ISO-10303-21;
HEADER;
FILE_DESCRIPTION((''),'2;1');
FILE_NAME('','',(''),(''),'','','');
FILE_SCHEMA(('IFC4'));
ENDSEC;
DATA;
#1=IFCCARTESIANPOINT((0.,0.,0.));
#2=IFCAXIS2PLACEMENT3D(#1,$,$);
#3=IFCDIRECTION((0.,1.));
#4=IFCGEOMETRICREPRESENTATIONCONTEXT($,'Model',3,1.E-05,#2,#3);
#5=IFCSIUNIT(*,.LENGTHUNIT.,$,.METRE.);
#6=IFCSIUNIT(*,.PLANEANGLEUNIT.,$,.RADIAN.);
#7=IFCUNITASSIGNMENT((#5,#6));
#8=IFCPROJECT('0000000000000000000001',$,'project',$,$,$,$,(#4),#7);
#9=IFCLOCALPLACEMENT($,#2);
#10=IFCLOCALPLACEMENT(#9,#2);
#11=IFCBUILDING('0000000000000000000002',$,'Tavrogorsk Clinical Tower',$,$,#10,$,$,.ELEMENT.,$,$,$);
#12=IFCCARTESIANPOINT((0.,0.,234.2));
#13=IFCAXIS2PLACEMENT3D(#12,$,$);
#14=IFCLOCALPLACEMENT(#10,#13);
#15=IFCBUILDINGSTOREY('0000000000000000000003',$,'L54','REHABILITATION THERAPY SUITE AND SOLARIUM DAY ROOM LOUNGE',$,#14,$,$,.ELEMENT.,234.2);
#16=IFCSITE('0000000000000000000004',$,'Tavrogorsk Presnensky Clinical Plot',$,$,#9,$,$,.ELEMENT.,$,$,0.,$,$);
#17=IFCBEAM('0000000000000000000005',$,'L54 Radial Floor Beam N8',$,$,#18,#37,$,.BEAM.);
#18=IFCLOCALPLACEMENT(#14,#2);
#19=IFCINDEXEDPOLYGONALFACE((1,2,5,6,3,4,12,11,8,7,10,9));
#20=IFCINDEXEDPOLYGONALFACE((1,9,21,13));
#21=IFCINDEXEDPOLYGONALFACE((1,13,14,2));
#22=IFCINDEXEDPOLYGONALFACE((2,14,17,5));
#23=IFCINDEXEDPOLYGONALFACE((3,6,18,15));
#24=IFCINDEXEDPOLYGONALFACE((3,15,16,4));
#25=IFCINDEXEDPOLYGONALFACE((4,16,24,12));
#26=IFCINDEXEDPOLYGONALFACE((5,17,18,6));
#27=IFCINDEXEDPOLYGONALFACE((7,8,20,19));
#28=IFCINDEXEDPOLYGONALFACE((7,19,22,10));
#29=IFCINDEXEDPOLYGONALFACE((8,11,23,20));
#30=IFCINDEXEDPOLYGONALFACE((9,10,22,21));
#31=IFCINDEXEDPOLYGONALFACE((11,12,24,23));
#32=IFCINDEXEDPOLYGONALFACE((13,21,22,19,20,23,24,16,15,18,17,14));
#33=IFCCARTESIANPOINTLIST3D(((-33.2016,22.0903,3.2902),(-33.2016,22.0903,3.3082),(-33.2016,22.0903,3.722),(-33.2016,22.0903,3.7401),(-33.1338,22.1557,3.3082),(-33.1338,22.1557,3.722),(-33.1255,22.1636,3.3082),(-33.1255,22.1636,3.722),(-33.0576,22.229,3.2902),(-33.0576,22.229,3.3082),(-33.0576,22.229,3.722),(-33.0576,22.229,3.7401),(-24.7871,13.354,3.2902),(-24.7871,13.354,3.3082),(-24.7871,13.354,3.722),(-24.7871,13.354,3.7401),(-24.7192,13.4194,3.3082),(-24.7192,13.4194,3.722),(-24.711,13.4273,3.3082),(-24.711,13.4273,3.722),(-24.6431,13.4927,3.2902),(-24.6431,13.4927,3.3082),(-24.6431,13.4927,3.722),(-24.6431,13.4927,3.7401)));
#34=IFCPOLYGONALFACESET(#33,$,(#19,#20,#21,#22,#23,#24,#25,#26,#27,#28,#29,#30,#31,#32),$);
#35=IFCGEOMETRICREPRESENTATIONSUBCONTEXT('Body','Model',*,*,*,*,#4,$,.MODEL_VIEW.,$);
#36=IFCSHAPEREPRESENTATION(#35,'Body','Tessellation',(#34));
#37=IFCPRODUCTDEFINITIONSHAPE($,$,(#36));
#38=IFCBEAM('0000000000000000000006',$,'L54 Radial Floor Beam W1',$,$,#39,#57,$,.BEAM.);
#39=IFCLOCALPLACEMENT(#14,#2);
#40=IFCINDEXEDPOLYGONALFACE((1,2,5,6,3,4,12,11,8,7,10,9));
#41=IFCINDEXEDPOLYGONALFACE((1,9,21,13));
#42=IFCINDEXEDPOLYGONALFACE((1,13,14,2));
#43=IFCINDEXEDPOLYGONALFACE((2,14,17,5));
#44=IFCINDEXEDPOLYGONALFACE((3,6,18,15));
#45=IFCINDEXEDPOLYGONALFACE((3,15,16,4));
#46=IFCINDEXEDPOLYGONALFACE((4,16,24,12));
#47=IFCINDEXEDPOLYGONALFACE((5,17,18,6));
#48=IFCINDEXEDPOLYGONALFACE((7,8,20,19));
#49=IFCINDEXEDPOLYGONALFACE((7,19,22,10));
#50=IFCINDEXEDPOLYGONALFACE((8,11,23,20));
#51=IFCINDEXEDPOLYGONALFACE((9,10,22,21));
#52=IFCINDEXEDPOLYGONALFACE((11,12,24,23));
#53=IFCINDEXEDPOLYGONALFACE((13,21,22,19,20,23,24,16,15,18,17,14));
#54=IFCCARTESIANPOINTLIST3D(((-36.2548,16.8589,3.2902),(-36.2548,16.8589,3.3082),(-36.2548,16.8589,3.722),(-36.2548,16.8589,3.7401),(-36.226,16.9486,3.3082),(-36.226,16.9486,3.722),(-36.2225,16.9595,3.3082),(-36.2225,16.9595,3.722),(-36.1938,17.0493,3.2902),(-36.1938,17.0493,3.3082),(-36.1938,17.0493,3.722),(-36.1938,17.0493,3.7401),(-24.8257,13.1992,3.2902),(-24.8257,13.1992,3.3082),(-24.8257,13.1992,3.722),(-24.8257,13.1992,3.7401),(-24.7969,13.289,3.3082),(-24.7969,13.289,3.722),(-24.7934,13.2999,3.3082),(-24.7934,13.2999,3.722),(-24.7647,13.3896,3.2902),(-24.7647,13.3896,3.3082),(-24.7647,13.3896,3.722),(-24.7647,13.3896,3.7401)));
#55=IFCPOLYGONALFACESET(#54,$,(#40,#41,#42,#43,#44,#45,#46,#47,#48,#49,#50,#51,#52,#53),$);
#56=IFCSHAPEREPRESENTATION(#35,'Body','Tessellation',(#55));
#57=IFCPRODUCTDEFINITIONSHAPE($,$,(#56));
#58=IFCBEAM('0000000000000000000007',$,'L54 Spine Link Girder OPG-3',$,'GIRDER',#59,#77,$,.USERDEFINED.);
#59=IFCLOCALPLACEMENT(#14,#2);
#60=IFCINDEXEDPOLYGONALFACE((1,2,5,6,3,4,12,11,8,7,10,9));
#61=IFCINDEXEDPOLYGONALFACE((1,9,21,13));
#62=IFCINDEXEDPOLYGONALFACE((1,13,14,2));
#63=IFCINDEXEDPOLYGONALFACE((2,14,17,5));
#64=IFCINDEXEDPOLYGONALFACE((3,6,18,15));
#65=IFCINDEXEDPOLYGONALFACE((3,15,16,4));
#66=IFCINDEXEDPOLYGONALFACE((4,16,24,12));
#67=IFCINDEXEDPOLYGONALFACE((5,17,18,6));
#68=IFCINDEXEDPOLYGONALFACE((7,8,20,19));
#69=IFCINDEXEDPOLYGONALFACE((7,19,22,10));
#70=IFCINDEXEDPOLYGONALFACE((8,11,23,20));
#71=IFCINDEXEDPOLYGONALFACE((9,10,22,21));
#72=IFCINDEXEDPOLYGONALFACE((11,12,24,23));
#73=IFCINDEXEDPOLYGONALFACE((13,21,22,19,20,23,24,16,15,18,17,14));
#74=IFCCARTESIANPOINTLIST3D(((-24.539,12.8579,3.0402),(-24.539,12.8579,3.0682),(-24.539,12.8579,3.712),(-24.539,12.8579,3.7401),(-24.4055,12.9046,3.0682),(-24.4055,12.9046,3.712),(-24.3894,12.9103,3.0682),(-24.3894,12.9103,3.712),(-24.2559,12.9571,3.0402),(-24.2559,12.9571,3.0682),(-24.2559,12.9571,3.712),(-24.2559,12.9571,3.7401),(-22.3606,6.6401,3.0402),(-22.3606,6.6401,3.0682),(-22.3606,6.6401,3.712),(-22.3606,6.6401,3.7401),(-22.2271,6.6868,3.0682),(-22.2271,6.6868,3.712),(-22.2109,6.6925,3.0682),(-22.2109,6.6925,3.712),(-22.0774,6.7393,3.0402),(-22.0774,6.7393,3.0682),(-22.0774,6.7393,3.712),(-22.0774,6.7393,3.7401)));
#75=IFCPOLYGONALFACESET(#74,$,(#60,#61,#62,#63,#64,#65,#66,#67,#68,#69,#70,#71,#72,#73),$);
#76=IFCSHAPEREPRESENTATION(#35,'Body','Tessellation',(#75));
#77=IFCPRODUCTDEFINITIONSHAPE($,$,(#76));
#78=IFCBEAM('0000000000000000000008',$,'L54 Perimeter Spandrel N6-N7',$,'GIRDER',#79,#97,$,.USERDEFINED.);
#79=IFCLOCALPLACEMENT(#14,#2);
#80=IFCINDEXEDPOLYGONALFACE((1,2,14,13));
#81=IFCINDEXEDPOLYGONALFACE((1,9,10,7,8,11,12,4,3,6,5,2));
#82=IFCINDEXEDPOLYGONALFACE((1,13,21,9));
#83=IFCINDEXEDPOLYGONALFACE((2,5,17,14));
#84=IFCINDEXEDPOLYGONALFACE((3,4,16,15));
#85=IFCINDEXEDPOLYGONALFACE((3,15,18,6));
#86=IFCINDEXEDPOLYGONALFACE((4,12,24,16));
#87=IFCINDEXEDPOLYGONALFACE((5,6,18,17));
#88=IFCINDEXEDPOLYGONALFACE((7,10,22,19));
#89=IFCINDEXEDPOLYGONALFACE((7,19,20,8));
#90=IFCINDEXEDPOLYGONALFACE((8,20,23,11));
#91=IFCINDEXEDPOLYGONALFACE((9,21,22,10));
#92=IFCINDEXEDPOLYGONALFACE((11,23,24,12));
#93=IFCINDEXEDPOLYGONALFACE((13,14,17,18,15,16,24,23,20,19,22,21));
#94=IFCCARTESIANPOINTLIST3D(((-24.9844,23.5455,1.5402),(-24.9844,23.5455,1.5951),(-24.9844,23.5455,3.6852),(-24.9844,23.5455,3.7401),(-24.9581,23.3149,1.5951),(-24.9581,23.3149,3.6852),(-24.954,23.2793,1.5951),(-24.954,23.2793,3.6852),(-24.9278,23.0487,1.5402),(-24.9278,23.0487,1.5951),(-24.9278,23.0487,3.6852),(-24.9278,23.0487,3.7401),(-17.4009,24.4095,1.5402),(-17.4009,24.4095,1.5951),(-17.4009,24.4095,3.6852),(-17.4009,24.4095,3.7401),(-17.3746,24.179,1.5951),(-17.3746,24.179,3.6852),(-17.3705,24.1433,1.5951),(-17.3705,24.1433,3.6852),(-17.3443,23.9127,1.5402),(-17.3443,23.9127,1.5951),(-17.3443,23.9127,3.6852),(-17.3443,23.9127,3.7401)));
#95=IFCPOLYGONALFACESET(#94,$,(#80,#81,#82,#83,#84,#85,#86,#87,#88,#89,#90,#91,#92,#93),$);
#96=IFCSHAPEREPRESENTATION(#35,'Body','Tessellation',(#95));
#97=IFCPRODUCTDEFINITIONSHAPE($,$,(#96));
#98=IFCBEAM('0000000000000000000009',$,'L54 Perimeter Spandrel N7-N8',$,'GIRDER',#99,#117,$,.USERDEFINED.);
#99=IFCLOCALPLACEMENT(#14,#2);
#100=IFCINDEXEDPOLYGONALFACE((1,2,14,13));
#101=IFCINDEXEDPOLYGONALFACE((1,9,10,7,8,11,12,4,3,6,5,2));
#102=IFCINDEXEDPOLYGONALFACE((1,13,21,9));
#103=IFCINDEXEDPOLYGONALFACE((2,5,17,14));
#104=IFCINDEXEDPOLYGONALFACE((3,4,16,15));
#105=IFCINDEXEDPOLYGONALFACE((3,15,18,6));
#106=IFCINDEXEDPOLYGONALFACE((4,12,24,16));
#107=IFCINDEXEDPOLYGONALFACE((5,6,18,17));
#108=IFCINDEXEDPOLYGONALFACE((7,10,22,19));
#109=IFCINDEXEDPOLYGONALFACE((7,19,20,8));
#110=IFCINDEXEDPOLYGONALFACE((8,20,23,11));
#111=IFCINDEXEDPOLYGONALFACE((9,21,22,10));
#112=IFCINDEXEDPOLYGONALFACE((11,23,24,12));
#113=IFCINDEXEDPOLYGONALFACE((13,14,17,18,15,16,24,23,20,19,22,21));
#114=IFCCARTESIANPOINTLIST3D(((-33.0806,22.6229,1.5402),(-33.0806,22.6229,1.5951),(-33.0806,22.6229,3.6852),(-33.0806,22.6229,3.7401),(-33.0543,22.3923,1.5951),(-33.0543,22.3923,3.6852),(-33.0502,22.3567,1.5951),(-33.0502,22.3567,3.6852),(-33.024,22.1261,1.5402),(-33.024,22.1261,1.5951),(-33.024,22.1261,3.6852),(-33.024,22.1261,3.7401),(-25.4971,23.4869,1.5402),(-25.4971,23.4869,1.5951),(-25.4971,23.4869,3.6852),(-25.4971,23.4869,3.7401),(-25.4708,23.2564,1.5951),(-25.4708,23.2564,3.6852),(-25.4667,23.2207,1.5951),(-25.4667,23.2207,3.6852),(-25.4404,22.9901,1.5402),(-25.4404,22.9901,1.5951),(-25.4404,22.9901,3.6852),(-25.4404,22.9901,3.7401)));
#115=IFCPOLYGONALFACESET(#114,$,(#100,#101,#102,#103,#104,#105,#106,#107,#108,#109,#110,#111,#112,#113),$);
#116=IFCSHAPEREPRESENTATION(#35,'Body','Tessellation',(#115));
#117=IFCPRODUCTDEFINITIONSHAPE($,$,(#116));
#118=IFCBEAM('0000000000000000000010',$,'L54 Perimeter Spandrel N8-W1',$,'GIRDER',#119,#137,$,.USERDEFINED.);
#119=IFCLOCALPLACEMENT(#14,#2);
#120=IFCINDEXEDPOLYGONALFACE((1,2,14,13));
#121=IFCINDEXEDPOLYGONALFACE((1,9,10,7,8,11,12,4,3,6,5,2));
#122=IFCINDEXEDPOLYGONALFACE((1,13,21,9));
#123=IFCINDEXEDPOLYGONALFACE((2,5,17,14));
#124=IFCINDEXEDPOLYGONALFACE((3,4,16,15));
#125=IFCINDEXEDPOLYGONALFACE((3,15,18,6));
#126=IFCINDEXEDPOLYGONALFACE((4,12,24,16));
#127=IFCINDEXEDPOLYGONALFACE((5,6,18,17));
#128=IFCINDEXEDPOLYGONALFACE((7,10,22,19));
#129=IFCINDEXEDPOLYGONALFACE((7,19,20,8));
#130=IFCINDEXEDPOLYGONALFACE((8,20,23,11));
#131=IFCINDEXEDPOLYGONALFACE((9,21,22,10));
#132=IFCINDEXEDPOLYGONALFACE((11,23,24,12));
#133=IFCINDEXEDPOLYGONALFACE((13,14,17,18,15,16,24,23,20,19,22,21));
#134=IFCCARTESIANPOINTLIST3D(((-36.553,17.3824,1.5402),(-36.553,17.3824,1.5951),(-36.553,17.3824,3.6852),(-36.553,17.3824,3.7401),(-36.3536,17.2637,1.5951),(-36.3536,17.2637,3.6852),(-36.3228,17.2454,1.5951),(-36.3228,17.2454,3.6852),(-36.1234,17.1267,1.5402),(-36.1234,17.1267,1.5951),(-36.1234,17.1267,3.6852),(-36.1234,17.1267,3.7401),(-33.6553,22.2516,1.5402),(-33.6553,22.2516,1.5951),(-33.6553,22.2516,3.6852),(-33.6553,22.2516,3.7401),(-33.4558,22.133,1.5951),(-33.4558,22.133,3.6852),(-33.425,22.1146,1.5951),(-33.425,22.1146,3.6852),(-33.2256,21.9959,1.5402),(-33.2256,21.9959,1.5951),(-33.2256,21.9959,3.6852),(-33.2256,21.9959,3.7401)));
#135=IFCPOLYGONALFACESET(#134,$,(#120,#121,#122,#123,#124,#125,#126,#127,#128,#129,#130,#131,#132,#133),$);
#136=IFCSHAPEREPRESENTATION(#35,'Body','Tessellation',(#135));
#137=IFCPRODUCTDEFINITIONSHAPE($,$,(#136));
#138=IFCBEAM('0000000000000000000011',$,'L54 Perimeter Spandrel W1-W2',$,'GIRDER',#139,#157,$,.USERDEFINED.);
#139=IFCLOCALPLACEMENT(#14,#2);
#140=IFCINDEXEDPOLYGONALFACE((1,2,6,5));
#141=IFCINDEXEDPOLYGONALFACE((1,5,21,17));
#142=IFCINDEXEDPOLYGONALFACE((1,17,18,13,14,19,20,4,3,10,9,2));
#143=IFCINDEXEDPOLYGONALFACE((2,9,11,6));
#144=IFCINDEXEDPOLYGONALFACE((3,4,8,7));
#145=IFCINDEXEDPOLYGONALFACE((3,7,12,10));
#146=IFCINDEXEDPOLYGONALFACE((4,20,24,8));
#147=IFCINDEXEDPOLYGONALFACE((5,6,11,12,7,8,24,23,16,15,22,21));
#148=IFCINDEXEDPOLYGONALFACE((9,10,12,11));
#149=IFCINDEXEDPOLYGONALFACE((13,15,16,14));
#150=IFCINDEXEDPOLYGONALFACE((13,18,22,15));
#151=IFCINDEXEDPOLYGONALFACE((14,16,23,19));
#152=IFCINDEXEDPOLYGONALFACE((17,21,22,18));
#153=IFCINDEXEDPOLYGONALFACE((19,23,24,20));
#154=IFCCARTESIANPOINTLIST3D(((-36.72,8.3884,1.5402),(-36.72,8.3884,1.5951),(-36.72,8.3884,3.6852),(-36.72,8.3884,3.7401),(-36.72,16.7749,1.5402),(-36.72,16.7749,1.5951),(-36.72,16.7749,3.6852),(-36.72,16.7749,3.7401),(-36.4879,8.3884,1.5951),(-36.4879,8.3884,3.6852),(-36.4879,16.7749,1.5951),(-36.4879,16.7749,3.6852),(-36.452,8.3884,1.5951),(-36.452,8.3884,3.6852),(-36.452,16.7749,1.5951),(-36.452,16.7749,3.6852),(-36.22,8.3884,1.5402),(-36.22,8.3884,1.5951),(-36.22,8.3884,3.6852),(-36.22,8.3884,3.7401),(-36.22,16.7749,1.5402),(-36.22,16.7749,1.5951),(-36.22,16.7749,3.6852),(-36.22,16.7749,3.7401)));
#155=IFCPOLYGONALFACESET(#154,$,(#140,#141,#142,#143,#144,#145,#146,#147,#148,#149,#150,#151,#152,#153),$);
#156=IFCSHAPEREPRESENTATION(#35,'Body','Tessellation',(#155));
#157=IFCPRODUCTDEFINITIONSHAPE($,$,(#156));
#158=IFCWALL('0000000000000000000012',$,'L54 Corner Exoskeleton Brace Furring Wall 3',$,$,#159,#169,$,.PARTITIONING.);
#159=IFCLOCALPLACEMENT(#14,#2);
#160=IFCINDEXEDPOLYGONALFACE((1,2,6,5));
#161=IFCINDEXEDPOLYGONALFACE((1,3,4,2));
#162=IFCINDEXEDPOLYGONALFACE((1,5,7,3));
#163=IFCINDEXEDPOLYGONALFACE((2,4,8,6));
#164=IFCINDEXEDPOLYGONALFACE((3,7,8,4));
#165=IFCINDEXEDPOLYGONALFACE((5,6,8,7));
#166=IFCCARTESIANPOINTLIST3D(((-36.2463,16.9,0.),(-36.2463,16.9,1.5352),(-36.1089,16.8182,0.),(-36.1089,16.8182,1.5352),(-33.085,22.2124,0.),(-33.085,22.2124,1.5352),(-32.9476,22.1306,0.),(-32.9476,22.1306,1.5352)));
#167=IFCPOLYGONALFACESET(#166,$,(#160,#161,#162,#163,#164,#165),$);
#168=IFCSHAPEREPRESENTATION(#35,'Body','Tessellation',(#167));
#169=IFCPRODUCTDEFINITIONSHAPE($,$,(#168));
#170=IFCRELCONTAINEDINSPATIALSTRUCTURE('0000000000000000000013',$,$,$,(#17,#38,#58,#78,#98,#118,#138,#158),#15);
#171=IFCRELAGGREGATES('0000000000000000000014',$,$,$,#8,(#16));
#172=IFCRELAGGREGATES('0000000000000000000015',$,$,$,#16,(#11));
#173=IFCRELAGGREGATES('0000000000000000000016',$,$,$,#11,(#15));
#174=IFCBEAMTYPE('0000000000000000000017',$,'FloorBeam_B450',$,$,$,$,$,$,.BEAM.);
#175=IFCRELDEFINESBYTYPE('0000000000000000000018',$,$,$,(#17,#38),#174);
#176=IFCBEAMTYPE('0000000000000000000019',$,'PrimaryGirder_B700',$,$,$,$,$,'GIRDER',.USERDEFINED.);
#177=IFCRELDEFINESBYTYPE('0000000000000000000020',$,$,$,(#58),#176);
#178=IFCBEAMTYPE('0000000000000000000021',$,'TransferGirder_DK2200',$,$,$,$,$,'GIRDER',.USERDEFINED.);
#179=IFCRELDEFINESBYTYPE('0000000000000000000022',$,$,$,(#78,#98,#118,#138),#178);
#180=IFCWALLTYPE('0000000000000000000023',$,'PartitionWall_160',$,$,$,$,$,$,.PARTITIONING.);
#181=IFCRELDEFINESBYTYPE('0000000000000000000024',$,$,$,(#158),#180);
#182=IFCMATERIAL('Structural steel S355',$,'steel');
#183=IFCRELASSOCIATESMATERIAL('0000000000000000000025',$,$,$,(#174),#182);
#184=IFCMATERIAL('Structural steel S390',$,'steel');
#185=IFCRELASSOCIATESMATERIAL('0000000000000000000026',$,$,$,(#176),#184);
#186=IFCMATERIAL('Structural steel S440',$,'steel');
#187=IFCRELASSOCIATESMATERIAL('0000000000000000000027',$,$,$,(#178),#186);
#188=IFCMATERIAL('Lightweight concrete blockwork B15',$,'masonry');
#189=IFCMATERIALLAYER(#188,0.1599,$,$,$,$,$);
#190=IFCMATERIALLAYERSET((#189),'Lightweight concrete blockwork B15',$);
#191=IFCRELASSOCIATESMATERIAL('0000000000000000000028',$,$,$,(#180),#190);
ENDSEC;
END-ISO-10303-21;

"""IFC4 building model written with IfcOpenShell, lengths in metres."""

from ifc_helpers import new_model, si_unit, direction, frame, frame_2d, origin, origin_2d, place, context, subcontext, project, spatial, rectangle, i_section, extrude, material, layer, layer_set, material_profile, profile_set, type_object, element, save


model = new_model("IFC4")

# Units and contexts
model_context = context("Model", 3, precision=1e-05, world=origin(), true_north=direction((0.0, 1.0)))
body_context = subcontext(model_context, "Body", "Model", "MODEL_VIEW")
ifc_project = project(units=[si_unit("LENGTHUNIT", "METRE"), si_unit("PLANEANGLEUNIT", "RADIAN")], contexts=[model_context])

# Site, building, storey
site_placement = place(None, origin())
site = spatial("IfcSite", under=ifc_project, at=site_placement, Name="Tavrogorsk Presnensky Clinical Plot", CompositionType="ELEMENT", RefElevation=0.0)
building_placement = place(site_placement, origin())
building = spatial("IfcBuilding", under=site, at=building_placement, Name="Tavrogorsk Clinical Tower", CompositionType="ELEMENT")
storey_placement = place(building_placement, frame((0.0, 0.0, 234.2)))
storey = spatial("IfcBuildingStorey", under=building, at=storey_placement, Name="L54", Description="REHABILITATION THERAPY SUITE AND SOLARIUM DAY ROOM LOUNGE", CompositionType="ELEMENT", Elevation=234.2)

# Beams
ifc_material_1 = material(Name="Structural steel S355", Category="steel")
ifc_material_profile_1 = material_profile(ifc_material_1, i_section(OverallWidth=0.2, OverallDepth=0.45, WebThickness=0.0115, FlangeThickness=0.0181, at=origin_2d()), Name="B-450x200x11.5x18")
ifc_profile_set_1 = profile_set([ifc_material_profile_1], Name="Structural steel S355")
beam_type_1 = type_object("IfcBeamType", Name="FloorBeam_B450", PredefinedType="BEAM", material=ifc_profile_set_1)
beam_1_placement = place(storey_placement, frame((-24.7151, 13.4233, 3.5151), z_axis=(-0.693718, 0.720246, 0.0), x_axis=(-0.720246, -0.693718, 0.0)))
element("IfcBeam", 1, at=beam_1_placement, inside=storey, type_object=beam_type_1, Name="L54 Radial Floor Beam N8", PredefinedType="BEAM", context=body_context, shape_type="SweptSolid", body=[
    extrude(i_section(OverallWidth=0.2, OverallDepth=0.45, WebThickness=0.0115, FlangeThickness=0.0181, at=origin_2d()), origin(), (0.0, 0.0, 1.0), 12.1296),
])
beam_2_placement = place(storey_placement, frame((-24.7952, 13.2944, 3.5151), z_axis=(-0.952368, 0.304951, 0.0), x_axis=(-0.304951, -0.952368, 0.0)))
element("IfcBeam", 2, at=beam_2_placement, inside=storey, type_object=beam_type_1, Name="L54 Radial Floor Beam W1", PredefinedType="BEAM", context=body_context, shape_type="SweptSolid", body=[
    extrude(i_section(OverallWidth=0.2, OverallDepth=0.45, WebThickness=0.0115, FlangeThickness=0.0181, at=origin_2d()), origin(), (0.0, 0.0, 1.0), 12.0007),
])
ifc_material_2 = material(Name="Structural steel S390", Category="steel")
ifc_material_profile_2 = material_profile(ifc_material_2, i_section(OverallWidth=0.3, OverallDepth=0.7, WebThickness=0.0171, FlangeThickness=0.0281, at=origin_2d()), Name="B-700x300x17x28")
ifc_profile_set_2 = profile_set([ifc_material_profile_2], Name="Structural steel S390")
beam_type_2 = type_object("IfcBeamType", Name="PrimaryGirder_B700", ElementType="GIRDER", PredefinedType="USERDEFINED", material=ifc_profile_set_2)
beam_3_placement = place(storey_placement, frame((-24.3975, 12.9075, 3.3901), z_axis=(0.330654, -0.943752, 0.0), x_axis=(0.943752, 0.330654, 0.0)))
element("IfcBeam", 3, at=beam_3_placement, inside=storey, type_object=beam_type_2, Name="L54 Spine Link Girder OPG-3", ObjectType="GIRDER", PredefinedType="USERDEFINED", context=body_context, shape_type="SweptSolid", body=[
    extrude(i_section(OverallWidth=0.3, OverallDepth=0.7, WebThickness=0.0171, FlangeThickness=0.0281, at=origin_2d()), origin(), (0.0, 0.0, 1.0), 6.5884),
])
ifc_material_3 = material(Name="Structural steel S440", Category="steel")
ifc_material_profile_3 = material_profile(ifc_material_3, i_section(OverallWidth=0.5, OverallDepth=2.2, WebThickness=0.0359, FlangeThickness=0.0549, at=origin_2d()), Name="DK-2200x500x36x55")
ifc_profile_set_3 = profile_set([ifc_material_profile_3], Name="Structural steel S440")
beam_type_3 = type_object("IfcBeamType", Name="TransferGirder_DK2200", ElementType="GIRDER", PredefinedType="USERDEFINED", material=ifc_profile_set_3)
for number, where, z_axis, x_axis, name in (
    (4, (-17.3726, 24.1611, 2.6401), (-0.993572, -0.113201, 0.0), (0.113201, -0.993572, 0.0), "L54 Perimeter Spandrel N6-N7"),
    (5, (-25.4688, 23.2385, 2.6401), (-0.993572, -0.113201, 0.0), (0.113201, -0.993572, 0.0), "L54 Perimeter Spandrel N7-N8"),
):
    element("IfcBeam", number, at=place(storey_placement, frame(where, z_axis=z_axis, x_axis=x_axis)), inside=storey, type_object=beam_type_3, Name=name, ObjectType="GIRDER", PredefinedType="USERDEFINED", context=body_context, shape_type="SweptSolid", body=[
        extrude(i_section(OverallWidth=0.5, OverallDepth=2.2, WebThickness=0.0359, FlangeThickness=0.0549, at=origin_2d()), origin(), (0.0, 0.0, 1.0), 7.6326),
    ])
beam_4_placement = place(storey_placement, frame((-33.4404, 22.1238, 2.6401), z_axis=(-0.511407, -0.859339, 0.0), x_axis=(0.859339, -0.511407, 0.0)))
element("IfcBeam", 6, at=beam_4_placement, inside=storey, type_object=beam_type_3, Name="L54 Perimeter Spandrel N8-W1", ObjectType="GIRDER", PredefinedType="USERDEFINED", context=body_context, shape_type="SweptSolid", body=[
    extrude(i_section(OverallWidth=0.5, OverallDepth=2.2, WebThickness=0.0359, FlangeThickness=0.0549, at=origin_2d()), origin(), (0.0, 0.0, 1.0), 5.6663),
])
beam_5_placement = place(storey_placement, frame((-36.47, 16.7749, 2.6401), z_axis=(0.0, -1.0, 0.0), x_axis=(1.0, 0.0, 0.0)))
element("IfcBeam", 7, at=beam_5_placement, inside=storey, type_object=beam_type_3, Name="L54 Perimeter Spandrel W1-W2", ObjectType="GIRDER", PredefinedType="USERDEFINED", context=body_context, shape_type="SweptSolid", body=[
    extrude(i_section(OverallWidth=0.5, OverallDepth=2.2, WebThickness=0.0359, FlangeThickness=0.0549, at=origin_2d()), origin(), (0.0, 0.0, 1.0), 8.3865),
])

# Wall
ifc_material_4 = material(Name="Lightweight concrete blockwork B15", Category="masonry")
ifc_layer_1 = layer(ifc_material_4, 0.1599)
ifc_layer_set_1 = layer_set([ifc_layer_1], Name="Lightweight concrete blockwork B15")
wall_type_1 = type_object("IfcWallType", Name="PartitionWall_160", PredefinedType="PARTITIONING", material=ifc_layer_set_1)
wall_1_placement = place(storey_placement, frame((-33.0164, 22.1714, 0.0), z_axis=(0.0, 0.0, 1.0), x_axis=(-0.511385, -0.859352, 0.0)))
element("IfcWall", 8, at=wall_1_placement, inside=storey, type_object=wall_type_1, Name="L54 Corner Exoskeleton Brace Furring Wall 3", PredefinedType="PARTITIONING", context=body_context, shape_type="SweptSolid", body=[
    extrude(rectangle(XDim=6.1819, YDim=0.1599, at=frame_2d((3.0908, 0.0))), origin(), (0.0, 0.0, 1.0), 1.5352),
])

save(model, "model.ifc")
